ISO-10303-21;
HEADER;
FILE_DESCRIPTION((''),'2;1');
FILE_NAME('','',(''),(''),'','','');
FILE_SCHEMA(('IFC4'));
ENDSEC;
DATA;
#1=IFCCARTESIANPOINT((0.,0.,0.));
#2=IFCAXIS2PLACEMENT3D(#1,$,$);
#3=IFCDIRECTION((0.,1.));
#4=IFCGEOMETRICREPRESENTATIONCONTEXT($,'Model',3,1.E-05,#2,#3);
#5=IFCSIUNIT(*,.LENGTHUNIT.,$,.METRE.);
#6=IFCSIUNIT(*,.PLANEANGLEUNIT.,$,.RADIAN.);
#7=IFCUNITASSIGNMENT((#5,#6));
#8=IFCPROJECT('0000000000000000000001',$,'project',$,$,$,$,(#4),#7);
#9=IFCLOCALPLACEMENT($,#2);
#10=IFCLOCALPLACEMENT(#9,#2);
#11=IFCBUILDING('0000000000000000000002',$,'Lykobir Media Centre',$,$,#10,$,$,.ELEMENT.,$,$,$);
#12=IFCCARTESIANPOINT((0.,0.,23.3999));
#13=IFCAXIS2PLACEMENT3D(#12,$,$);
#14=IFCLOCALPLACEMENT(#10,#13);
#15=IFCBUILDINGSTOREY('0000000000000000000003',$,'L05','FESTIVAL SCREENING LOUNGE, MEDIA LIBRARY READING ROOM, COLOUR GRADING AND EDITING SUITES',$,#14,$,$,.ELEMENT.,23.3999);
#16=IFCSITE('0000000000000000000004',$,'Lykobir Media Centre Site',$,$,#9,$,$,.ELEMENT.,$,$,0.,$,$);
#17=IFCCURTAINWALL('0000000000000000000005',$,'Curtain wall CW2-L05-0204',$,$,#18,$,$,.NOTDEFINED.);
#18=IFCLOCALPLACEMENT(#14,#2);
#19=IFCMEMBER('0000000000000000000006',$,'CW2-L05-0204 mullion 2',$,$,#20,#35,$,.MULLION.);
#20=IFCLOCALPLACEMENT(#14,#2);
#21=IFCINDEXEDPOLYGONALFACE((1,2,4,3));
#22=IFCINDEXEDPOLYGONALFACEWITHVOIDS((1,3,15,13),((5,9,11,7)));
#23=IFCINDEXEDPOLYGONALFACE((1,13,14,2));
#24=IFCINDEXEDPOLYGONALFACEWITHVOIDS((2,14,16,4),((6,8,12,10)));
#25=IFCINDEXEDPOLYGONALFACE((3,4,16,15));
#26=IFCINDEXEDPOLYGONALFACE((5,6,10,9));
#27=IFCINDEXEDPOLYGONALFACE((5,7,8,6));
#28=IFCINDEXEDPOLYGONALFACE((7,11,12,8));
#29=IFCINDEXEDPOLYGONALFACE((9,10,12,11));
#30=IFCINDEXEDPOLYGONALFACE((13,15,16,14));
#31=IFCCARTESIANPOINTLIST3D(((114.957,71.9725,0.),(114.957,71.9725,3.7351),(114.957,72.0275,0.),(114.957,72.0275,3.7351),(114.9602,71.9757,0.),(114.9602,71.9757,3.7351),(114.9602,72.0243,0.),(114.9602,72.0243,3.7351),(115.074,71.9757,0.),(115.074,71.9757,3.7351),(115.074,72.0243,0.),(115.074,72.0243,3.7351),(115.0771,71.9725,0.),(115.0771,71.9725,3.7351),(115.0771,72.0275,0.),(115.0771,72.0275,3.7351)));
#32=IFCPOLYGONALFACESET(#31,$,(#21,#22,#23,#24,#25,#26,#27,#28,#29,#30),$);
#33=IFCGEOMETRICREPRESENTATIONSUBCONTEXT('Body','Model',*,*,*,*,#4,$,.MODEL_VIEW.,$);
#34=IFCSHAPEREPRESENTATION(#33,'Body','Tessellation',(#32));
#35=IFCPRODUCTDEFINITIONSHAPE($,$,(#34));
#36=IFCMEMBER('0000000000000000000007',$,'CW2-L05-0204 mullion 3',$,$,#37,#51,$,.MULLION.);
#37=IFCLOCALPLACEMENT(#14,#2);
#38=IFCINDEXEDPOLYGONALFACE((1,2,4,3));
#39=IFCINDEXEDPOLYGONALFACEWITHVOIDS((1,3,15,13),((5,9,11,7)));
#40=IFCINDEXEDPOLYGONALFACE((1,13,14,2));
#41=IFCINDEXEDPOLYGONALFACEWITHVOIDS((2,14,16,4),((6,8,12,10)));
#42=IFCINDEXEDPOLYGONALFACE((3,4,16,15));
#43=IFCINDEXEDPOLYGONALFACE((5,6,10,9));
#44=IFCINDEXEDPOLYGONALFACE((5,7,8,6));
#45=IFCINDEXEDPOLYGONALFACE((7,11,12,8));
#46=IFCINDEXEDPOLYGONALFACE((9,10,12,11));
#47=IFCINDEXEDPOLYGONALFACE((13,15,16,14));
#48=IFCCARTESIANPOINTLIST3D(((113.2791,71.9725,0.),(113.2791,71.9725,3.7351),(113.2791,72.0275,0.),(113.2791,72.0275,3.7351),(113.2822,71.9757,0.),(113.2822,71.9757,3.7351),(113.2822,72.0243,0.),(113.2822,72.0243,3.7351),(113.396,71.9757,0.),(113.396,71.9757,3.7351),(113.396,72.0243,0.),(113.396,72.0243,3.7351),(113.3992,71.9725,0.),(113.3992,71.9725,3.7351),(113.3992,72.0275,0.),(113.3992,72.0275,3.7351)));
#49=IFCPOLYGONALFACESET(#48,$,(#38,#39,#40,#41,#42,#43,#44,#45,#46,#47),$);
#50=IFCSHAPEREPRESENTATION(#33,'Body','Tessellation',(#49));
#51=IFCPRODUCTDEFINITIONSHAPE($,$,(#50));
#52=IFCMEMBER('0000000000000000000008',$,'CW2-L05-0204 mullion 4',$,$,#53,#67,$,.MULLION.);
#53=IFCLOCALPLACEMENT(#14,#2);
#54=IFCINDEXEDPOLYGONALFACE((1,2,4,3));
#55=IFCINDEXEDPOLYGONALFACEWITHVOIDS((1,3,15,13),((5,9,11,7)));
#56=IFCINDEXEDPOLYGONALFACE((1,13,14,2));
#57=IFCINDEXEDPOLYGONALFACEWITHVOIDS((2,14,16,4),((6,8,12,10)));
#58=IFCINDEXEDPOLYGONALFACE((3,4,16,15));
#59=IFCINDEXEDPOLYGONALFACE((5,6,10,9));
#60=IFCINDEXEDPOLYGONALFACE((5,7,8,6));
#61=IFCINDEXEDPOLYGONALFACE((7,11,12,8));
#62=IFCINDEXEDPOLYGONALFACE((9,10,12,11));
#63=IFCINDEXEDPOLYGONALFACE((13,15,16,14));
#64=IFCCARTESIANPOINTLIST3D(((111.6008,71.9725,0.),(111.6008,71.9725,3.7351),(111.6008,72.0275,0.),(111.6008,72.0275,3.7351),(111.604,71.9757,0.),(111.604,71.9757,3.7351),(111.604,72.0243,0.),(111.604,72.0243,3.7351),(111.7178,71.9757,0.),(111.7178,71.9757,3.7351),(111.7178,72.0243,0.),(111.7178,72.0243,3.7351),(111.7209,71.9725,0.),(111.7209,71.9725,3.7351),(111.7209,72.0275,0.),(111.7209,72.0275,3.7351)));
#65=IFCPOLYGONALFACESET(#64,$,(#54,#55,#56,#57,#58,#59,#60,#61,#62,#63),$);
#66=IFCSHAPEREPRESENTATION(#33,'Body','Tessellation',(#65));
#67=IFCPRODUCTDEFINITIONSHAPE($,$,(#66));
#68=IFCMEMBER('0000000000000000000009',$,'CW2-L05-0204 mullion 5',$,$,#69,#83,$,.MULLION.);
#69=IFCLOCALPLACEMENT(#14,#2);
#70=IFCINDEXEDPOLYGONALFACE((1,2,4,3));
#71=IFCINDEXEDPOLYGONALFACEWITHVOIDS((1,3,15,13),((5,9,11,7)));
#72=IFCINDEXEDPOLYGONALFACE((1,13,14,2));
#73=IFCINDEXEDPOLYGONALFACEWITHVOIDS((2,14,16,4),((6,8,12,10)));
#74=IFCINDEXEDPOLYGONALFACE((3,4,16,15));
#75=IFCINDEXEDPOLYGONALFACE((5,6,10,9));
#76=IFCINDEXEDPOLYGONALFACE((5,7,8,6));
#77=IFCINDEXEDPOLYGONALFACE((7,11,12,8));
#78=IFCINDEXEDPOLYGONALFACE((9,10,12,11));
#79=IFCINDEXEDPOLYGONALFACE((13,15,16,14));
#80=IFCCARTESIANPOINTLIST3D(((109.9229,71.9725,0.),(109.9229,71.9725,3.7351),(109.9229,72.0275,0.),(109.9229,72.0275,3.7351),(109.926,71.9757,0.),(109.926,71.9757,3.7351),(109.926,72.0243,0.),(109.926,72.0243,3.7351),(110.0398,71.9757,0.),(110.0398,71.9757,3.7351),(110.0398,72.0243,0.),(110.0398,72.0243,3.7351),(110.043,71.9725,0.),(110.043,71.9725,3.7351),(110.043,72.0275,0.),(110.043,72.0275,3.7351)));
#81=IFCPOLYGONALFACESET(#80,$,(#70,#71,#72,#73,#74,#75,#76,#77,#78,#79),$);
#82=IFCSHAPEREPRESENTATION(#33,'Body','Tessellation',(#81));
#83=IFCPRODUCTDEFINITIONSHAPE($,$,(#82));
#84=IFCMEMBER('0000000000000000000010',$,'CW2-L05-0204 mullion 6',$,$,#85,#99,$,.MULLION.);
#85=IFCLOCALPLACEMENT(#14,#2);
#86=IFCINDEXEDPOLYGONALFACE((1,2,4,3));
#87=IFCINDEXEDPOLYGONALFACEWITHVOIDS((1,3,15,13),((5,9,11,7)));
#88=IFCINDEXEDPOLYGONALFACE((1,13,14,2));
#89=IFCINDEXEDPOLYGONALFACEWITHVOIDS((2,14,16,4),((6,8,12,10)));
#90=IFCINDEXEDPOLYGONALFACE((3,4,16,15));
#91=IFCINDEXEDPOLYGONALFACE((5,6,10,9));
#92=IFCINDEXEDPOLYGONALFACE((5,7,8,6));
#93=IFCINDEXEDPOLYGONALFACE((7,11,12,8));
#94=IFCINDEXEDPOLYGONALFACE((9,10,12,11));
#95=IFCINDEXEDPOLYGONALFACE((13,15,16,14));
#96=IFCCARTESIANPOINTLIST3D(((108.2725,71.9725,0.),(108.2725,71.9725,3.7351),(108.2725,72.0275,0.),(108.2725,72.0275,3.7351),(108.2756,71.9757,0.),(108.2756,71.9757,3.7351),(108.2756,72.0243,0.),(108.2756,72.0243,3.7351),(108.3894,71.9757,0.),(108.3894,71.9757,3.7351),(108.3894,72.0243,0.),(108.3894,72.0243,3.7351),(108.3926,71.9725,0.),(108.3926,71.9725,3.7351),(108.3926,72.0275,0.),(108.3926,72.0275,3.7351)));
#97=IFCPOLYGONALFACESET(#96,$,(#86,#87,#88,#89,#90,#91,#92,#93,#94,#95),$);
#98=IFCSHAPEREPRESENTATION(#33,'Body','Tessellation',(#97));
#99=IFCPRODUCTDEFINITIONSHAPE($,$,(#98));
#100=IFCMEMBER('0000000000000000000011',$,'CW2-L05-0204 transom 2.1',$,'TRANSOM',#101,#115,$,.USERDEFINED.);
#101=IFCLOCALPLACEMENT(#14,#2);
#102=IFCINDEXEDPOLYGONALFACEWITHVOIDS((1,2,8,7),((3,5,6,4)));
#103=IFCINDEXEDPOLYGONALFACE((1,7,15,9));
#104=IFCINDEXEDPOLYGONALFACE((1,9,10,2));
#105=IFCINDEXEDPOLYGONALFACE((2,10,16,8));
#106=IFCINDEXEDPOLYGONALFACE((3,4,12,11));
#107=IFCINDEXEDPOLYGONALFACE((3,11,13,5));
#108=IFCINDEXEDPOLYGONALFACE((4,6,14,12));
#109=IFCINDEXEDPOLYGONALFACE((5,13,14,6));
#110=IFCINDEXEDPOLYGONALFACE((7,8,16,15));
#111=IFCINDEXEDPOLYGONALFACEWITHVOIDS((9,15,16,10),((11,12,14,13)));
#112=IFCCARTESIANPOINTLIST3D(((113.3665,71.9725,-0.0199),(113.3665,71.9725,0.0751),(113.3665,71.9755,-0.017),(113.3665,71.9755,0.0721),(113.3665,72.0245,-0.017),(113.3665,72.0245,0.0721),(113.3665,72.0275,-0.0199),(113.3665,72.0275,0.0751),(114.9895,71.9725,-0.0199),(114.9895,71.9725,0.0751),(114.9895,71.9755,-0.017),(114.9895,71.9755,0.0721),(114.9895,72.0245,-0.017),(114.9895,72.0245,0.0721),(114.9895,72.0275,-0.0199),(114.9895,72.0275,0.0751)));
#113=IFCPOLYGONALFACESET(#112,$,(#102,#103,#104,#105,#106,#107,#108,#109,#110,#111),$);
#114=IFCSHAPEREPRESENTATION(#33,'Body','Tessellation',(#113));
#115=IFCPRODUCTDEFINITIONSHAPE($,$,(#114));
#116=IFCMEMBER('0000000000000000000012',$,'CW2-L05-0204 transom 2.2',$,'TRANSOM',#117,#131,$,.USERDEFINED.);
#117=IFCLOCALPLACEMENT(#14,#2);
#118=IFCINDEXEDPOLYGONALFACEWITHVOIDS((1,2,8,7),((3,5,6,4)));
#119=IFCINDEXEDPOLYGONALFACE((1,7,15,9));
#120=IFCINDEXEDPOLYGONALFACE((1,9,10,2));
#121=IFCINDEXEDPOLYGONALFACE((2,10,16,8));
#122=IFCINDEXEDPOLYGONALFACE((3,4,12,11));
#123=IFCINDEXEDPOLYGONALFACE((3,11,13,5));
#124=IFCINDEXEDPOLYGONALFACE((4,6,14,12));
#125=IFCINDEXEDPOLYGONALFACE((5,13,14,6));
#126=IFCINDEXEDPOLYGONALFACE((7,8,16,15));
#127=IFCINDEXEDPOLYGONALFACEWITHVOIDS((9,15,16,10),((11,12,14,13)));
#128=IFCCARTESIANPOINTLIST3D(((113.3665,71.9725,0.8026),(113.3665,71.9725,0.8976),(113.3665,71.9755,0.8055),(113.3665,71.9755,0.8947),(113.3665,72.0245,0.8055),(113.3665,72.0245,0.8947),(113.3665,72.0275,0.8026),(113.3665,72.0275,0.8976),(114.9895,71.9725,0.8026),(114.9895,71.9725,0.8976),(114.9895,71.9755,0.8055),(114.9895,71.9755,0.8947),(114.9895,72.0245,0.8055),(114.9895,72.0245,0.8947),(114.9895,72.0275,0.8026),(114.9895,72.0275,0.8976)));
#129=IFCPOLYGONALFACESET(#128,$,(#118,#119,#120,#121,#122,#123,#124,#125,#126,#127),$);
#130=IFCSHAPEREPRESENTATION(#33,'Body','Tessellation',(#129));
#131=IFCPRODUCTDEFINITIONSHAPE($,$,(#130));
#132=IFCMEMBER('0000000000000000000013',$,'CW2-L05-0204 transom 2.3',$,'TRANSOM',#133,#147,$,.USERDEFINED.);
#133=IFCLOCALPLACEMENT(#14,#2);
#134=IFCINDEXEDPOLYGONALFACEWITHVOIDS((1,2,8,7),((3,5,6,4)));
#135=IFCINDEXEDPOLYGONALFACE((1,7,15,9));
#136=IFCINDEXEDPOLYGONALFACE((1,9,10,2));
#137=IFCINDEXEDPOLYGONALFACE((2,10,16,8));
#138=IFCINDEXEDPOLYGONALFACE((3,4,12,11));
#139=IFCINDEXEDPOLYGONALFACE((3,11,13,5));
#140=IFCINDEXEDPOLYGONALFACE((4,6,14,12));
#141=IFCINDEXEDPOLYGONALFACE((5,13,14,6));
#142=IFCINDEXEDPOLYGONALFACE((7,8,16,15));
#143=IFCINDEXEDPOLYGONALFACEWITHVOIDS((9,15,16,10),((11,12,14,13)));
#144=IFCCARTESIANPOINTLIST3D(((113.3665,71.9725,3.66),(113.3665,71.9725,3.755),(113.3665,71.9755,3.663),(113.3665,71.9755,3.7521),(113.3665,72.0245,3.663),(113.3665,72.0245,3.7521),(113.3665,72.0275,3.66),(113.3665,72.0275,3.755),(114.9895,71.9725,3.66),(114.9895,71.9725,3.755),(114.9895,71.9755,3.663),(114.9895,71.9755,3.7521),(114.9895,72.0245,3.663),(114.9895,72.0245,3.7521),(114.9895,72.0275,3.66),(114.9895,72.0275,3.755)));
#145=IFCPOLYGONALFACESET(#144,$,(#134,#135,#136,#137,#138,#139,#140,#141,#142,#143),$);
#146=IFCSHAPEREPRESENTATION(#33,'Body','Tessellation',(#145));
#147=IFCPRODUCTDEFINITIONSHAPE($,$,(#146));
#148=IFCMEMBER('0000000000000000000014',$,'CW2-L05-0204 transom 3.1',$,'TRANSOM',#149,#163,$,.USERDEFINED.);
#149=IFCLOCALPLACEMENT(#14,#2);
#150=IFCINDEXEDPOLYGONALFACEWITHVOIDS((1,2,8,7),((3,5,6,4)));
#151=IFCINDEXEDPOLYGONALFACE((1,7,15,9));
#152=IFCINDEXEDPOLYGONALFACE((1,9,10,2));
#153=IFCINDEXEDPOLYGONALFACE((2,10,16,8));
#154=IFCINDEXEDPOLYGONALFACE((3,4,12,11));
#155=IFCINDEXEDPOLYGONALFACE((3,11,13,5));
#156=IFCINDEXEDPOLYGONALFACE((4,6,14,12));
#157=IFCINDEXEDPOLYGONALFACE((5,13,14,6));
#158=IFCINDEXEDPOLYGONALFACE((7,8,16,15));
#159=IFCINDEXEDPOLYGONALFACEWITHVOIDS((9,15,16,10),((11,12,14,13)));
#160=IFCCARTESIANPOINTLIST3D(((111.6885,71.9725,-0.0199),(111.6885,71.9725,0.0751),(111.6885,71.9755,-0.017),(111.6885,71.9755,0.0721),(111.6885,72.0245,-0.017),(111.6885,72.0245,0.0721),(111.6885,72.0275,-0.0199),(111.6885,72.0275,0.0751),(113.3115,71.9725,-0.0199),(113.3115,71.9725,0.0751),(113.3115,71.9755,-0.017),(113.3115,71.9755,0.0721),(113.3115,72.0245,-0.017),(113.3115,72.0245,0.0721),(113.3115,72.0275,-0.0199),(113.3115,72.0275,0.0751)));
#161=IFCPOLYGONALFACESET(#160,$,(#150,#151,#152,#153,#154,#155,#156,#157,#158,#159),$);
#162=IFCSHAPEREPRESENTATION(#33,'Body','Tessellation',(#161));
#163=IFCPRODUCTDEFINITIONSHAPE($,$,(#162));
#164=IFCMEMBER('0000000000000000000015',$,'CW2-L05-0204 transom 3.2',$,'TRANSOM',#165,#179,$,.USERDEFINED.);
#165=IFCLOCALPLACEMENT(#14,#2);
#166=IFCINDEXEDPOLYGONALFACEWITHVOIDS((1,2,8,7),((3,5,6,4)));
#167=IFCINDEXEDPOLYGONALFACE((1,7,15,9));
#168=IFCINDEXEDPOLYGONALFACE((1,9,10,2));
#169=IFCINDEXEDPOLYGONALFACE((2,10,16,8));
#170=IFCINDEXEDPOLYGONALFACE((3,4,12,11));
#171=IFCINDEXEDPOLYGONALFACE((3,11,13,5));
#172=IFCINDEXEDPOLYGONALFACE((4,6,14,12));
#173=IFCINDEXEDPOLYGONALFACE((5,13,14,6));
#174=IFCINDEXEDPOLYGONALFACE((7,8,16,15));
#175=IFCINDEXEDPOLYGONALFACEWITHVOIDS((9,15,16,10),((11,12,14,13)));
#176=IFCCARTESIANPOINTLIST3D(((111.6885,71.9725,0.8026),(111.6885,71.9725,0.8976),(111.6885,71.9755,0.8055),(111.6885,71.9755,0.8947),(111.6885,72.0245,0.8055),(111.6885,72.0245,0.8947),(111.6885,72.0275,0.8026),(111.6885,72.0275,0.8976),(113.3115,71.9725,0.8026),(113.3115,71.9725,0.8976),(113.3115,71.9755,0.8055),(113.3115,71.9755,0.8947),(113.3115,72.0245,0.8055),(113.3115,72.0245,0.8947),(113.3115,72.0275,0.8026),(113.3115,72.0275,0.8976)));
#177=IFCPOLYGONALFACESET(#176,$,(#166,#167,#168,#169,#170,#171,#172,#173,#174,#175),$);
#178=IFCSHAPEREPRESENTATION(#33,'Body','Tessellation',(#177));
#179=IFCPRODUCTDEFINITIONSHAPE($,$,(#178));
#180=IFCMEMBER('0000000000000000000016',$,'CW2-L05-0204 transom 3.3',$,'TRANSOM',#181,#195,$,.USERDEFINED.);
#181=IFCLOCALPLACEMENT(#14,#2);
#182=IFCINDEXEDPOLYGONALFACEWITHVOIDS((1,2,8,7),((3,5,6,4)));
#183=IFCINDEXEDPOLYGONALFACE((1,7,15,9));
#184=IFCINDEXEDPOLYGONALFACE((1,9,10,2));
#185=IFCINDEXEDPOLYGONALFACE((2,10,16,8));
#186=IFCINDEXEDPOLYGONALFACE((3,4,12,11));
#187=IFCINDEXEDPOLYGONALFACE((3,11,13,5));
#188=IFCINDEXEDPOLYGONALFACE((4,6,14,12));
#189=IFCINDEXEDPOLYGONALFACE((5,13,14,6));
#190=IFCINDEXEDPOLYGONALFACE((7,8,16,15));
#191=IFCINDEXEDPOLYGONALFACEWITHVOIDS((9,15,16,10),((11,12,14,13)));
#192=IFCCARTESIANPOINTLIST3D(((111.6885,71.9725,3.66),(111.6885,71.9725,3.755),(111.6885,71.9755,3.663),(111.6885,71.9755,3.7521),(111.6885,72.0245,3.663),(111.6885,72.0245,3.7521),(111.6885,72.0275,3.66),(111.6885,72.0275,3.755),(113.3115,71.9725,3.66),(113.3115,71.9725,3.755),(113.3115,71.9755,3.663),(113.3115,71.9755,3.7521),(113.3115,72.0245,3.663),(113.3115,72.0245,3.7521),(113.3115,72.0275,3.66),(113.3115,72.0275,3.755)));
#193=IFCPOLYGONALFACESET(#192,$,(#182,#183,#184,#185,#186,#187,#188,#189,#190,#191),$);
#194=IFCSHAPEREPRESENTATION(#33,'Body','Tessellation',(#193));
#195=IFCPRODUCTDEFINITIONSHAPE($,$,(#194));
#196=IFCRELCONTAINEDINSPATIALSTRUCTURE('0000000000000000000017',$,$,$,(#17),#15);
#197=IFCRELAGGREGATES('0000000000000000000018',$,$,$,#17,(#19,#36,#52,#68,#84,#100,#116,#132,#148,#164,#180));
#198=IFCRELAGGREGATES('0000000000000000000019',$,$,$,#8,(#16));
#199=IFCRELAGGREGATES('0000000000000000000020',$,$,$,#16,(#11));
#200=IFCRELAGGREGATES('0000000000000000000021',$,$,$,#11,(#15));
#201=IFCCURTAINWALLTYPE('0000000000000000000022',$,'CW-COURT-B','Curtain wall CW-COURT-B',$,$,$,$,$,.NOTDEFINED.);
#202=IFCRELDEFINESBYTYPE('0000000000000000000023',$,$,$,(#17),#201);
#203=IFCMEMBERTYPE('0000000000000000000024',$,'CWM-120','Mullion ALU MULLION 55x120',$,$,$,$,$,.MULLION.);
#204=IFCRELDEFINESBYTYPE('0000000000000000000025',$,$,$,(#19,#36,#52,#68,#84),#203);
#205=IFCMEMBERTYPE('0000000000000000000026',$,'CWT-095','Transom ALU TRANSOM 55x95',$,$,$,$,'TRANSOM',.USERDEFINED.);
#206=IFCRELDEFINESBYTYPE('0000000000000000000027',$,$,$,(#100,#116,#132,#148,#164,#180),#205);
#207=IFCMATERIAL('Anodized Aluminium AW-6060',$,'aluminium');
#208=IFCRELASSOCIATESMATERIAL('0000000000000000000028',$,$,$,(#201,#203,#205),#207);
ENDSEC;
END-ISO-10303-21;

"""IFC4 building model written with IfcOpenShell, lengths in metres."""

from ifc_helpers import new_model, si_unit, direction, frame, origin, origin_2d, place, context, subcontext, project, spatial, hollow_rectangle, extrude, material, material_profile, profile_set, type_object, element, aggregate, save


model = new_model("IFC4")

# Units and contexts
model_context = context("Model", 3, precision=1e-05, world=origin(), true_north=direction((0.0, 1.0)))
body_context = subcontext(model_context, "Body", "Model", "MODEL_VIEW")
ifc_project = project(units=[si_unit("LENGTHUNIT", "METRE"), si_unit("PLANEANGLEUNIT", "RADIAN")], contexts=[model_context])

# Site, building, storey
site_placement = place(None, origin())
site = spatial("IfcSite", under=ifc_project, at=site_placement, Name="Lykobir Media Centre Site", CompositionType="ELEMENT", RefElevation=0.0)
building_placement = place(site_placement, origin())
building = spatial("IfcBuilding", under=site, at=building_placement, Name="Lykobir Media Centre", CompositionType="ELEMENT")
storey_placement = place(building_placement, frame((0.0, 0.0, 23.3999)))
storey = spatial("IfcBuildingStorey", under=building, at=storey_placement, Name="L05", Description="FESTIVAL SCREENING LOUNGE, MEDIA LIBRARY READING ROOM, COLOUR GRADING AND EDITING SUITES", CompositionType="ELEMENT", Elevation=23.3999)

# Curtain wall, members
ifc_material_1 = material(Name="Anodized Aluminium AW-6060", Category="aluminium")
curtain_wall_type = type_object("IfcCurtainWallType", Name="CW-COURT-B", Description="Curtain wall CW-COURT-B", PredefinedType="NOTDEFINED", material=ifc_material_1)
curtain_wall_placement = place(storey_placement, origin())
curtain_wall = element("IfcCurtainWall", 1, at=curtain_wall_placement, inside=storey, type_object=curtain_wall_type, Name="Curtain wall CW2-L05-0204", PredefinedType="NOTDEFINED")
ifc_material_profile_1 = material_profile(ifc_material_1, hollow_rectangle(XDim=0.0549, YDim=0.1201, WallThickness=0.0032, at=origin_2d()), Name="ALU MULLION 55x120")
ifc_profile_set_1 = profile_set([ifc_material_profile_1], Name="Anodized Aluminium AW-6060")
member_type_1 = type_object("IfcMemberType", Name="CWM-120", Description="Mullion ALU MULLION 55x120", PredefinedType="MULLION", material=ifc_profile_set_1)
member_1_placement = place(storey_placement, frame((115.0171, 72.0, 0.0), z_axis=(0.0, 0.0, 1.0), x_axis=(0.0, -1.0, 0.0)))
member_1 = element("IfcMember", 2, at=member_1_placement, type_object=member_type_1, Name="CW2-L05-0204 mullion 2", PredefinedType="MULLION", context=body_context, shape_type="SweptSolid", body=[
    extrude(hollow_rectangle(XDim=0.0549, YDim=0.1201, WallThickness=0.0032, at=origin_2d()), origin(), (0.0, 0.0, 1.0), 3.7351),
])
member_2_placement = place(storey_placement, frame((113.3391, 72.0, 0.0), z_axis=(0.0, 0.0, 1.0), x_axis=(0.0, -1.0, 0.0)))
member_2 = element("IfcMember", 3, at=member_2_placement, type_object=member_type_1, Name="CW2-L05-0204 mullion 3", PredefinedType="MULLION", context=body_context, shape_type="SweptSolid", body=[
    extrude(hollow_rectangle(XDim=0.0549, YDim=0.1201, WallThickness=0.0032, at=origin_2d()), origin(), (0.0, 0.0, 1.0), 3.7351),
])
member_3_placement = place(storey_placement, frame((111.6609, 72.0, 0.0), z_axis=(0.0, 0.0, 1.0), x_axis=(0.0, -1.0, 0.0)))
member_3 = element("IfcMember", 4, at=member_3_placement, type_object=member_type_1, Name="CW2-L05-0204 mullion 4", PredefinedType="MULLION", context=body_context, shape_type="SweptSolid", body=[
    extrude(hollow_rectangle(XDim=0.0549, YDim=0.1201, WallThickness=0.0032, at=origin_2d()), origin(), (0.0, 0.0, 1.0), 3.7351),
])
member_4_placement = place(storey_placement, frame((109.9829, 72.0, 0.0), z_axis=(0.0, 0.0, 1.0), x_axis=(0.0, -1.0, 0.0)))
member_4 = element("IfcMember", 5, at=member_4_placement, type_object=member_type_1, Name="CW2-L05-0204 mullion 5", PredefinedType="MULLION", context=body_context, shape_type="SweptSolid", body=[
    extrude(hollow_rectangle(XDim=0.0549, YDim=0.1201, WallThickness=0.0032, at=origin_2d()), origin(), (0.0, 0.0, 1.0), 3.7351),
])
member_5_placement = place(storey_placement, frame((108.3325, 72.0, 0.0), z_axis=(0.0, 0.0, 1.0), x_axis=(0.0, -1.0, 0.0)))
member_5 = element("IfcMember", 6, at=member_5_placement, type_object=member_type_1, Name="CW2-L05-0204 mullion 6", PredefinedType="MULLION", context=body_context, shape_type="SweptSolid", body=[
    extrude(hollow_rectangle(XDim=0.0549, YDim=0.1201, WallThickness=0.0032, at=origin_2d()), origin(), (0.0, 0.0, 1.0), 3.7351),
])
ifc_material_profile_2 = material_profile(ifc_material_1, hollow_rectangle(XDim=0.0549, YDim=0.095, WallThickness=0.0029, at=origin_2d()), Name="ALU TRANSOM 55x95")
ifc_profile_set_2 = profile_set([ifc_material_profile_2], Name="Anodized Aluminium AW-6060")
member_type_2 = type_object("IfcMemberType", Name="CWT-095", Description="Transom ALU TRANSOM 55x95", ElementType="TRANSOM", PredefinedType="USERDEFINED", material=ifc_profile_set_2)
member_6_placement = place(storey_placement, frame((114.9895, 72.0, 0.0276), z_axis=(-1.0, 0.0, 0.0), x_axis=(0.0, -1.0, 0.0)))
member_6 = element("IfcMember", 7, at=member_6_placement, type_object=member_type_2, Name="CW2-L05-0204 transom 2.1", ObjectType="TRANSOM", PredefinedType="USERDEFINED", context=body_context, shape_type="SweptSolid", body=[
    extrude(hollow_rectangle(XDim=0.0549, YDim=0.095, WallThickness=0.0029, at=origin_2d()), origin(), (0.0, 0.0, 1.0), 1.623),
])
member_7_placement = place(storey_placement, frame((114.9895, 72.0, 0.8501), z_axis=(-1.0, 0.0, 0.0), x_axis=(0.0, -1.0, 0.0)))
member_7 = element("IfcMember", 8, at=member_7_placement, type_object=member_type_2, Name="CW2-L05-0204 transom 2.2", ObjectType="TRANSOM", PredefinedType="USERDEFINED", context=body_context, shape_type="SweptSolid", body=[
    extrude(hollow_rectangle(XDim=0.0549, YDim=0.095, WallThickness=0.0029, at=origin_2d()), origin(), (0.0, 0.0, 1.0), 1.623),
])
member_8_placement = place(storey_placement, frame((114.9895, 72.0, 3.7075), z_axis=(-1.0, 0.0, 0.0), x_axis=(0.0, -1.0, 0.0)))
member_8 = element("IfcMember", 9, at=member_8_placement, type_object=member_type_2, Name="CW2-L05-0204 transom 2.3", ObjectType="TRANSOM", PredefinedType="USERDEFINED", context=body_context, shape_type="SweptSolid", body=[
    extrude(hollow_rectangle(XDim=0.0549, YDim=0.095, WallThickness=0.0029, at=origin_2d()), origin(), (0.0, 0.0, 1.0), 1.623),
])
member_9_placement = place(storey_placement, frame((113.3115, 72.0, 0.0276), z_axis=(-1.0, 0.0, 0.0), x_axis=(0.0, -1.0, 0.0)))
member_9 = element("IfcMember", 10, at=member_9_placement, type_object=member_type_2, Name="CW2-L05-0204 transom 3.1", ObjectType="TRANSOM", PredefinedType="USERDEFINED", context=body_context, shape_type="SweptSolid", body=[
    extrude(hollow_rectangle(XDim=0.0549, YDim=0.095, WallThickness=0.0029, at=origin_2d()), origin(), (0.0, 0.0, 1.0), 1.623),
])
member_10_placement = place(storey_placement, frame((113.3115, 72.0, 0.8501), z_axis=(-1.0, 0.0, 0.0), x_axis=(0.0, -1.0, 0.0)))
member_10 = element("IfcMember", 11, at=member_10_placement, type_object=member_type_2, Name="CW2-L05-0204 transom 3.2", ObjectType="TRANSOM", PredefinedType="USERDEFINED", context=body_context, shape_type="SweptSolid", body=[
    extrude(hollow_rectangle(XDim=0.0549, YDim=0.095, WallThickness=0.0029, at=origin_2d()), origin(), (0.0, 0.0, 1.0), 1.623),
])
member_11_placement = place(storey_placement, frame((113.3115, 72.0, 3.7075), z_axis=(-1.0, 0.0, 0.0), x_axis=(0.0, -1.0, 0.0)))
member_11 = element("IfcMember", 12, at=member_11_placement, type_object=member_type_2, Name="CW2-L05-0204 transom 3.3", ObjectType="TRANSOM", PredefinedType="USERDEFINED", context=body_context, shape_type="SweptSolid", body=[
    extrude(hollow_rectangle(XDim=0.0549, YDim=0.095, WallThickness=0.0029, at=origin_2d()), origin(), (0.0, 0.0, 1.0), 1.623),
])
aggregate(curtain_wall, [member_1, member_2, member_3, member_4, member_5, member_6, member_7, member_8, member_9, member_10, member_11])

save(model, "model.ifc")
